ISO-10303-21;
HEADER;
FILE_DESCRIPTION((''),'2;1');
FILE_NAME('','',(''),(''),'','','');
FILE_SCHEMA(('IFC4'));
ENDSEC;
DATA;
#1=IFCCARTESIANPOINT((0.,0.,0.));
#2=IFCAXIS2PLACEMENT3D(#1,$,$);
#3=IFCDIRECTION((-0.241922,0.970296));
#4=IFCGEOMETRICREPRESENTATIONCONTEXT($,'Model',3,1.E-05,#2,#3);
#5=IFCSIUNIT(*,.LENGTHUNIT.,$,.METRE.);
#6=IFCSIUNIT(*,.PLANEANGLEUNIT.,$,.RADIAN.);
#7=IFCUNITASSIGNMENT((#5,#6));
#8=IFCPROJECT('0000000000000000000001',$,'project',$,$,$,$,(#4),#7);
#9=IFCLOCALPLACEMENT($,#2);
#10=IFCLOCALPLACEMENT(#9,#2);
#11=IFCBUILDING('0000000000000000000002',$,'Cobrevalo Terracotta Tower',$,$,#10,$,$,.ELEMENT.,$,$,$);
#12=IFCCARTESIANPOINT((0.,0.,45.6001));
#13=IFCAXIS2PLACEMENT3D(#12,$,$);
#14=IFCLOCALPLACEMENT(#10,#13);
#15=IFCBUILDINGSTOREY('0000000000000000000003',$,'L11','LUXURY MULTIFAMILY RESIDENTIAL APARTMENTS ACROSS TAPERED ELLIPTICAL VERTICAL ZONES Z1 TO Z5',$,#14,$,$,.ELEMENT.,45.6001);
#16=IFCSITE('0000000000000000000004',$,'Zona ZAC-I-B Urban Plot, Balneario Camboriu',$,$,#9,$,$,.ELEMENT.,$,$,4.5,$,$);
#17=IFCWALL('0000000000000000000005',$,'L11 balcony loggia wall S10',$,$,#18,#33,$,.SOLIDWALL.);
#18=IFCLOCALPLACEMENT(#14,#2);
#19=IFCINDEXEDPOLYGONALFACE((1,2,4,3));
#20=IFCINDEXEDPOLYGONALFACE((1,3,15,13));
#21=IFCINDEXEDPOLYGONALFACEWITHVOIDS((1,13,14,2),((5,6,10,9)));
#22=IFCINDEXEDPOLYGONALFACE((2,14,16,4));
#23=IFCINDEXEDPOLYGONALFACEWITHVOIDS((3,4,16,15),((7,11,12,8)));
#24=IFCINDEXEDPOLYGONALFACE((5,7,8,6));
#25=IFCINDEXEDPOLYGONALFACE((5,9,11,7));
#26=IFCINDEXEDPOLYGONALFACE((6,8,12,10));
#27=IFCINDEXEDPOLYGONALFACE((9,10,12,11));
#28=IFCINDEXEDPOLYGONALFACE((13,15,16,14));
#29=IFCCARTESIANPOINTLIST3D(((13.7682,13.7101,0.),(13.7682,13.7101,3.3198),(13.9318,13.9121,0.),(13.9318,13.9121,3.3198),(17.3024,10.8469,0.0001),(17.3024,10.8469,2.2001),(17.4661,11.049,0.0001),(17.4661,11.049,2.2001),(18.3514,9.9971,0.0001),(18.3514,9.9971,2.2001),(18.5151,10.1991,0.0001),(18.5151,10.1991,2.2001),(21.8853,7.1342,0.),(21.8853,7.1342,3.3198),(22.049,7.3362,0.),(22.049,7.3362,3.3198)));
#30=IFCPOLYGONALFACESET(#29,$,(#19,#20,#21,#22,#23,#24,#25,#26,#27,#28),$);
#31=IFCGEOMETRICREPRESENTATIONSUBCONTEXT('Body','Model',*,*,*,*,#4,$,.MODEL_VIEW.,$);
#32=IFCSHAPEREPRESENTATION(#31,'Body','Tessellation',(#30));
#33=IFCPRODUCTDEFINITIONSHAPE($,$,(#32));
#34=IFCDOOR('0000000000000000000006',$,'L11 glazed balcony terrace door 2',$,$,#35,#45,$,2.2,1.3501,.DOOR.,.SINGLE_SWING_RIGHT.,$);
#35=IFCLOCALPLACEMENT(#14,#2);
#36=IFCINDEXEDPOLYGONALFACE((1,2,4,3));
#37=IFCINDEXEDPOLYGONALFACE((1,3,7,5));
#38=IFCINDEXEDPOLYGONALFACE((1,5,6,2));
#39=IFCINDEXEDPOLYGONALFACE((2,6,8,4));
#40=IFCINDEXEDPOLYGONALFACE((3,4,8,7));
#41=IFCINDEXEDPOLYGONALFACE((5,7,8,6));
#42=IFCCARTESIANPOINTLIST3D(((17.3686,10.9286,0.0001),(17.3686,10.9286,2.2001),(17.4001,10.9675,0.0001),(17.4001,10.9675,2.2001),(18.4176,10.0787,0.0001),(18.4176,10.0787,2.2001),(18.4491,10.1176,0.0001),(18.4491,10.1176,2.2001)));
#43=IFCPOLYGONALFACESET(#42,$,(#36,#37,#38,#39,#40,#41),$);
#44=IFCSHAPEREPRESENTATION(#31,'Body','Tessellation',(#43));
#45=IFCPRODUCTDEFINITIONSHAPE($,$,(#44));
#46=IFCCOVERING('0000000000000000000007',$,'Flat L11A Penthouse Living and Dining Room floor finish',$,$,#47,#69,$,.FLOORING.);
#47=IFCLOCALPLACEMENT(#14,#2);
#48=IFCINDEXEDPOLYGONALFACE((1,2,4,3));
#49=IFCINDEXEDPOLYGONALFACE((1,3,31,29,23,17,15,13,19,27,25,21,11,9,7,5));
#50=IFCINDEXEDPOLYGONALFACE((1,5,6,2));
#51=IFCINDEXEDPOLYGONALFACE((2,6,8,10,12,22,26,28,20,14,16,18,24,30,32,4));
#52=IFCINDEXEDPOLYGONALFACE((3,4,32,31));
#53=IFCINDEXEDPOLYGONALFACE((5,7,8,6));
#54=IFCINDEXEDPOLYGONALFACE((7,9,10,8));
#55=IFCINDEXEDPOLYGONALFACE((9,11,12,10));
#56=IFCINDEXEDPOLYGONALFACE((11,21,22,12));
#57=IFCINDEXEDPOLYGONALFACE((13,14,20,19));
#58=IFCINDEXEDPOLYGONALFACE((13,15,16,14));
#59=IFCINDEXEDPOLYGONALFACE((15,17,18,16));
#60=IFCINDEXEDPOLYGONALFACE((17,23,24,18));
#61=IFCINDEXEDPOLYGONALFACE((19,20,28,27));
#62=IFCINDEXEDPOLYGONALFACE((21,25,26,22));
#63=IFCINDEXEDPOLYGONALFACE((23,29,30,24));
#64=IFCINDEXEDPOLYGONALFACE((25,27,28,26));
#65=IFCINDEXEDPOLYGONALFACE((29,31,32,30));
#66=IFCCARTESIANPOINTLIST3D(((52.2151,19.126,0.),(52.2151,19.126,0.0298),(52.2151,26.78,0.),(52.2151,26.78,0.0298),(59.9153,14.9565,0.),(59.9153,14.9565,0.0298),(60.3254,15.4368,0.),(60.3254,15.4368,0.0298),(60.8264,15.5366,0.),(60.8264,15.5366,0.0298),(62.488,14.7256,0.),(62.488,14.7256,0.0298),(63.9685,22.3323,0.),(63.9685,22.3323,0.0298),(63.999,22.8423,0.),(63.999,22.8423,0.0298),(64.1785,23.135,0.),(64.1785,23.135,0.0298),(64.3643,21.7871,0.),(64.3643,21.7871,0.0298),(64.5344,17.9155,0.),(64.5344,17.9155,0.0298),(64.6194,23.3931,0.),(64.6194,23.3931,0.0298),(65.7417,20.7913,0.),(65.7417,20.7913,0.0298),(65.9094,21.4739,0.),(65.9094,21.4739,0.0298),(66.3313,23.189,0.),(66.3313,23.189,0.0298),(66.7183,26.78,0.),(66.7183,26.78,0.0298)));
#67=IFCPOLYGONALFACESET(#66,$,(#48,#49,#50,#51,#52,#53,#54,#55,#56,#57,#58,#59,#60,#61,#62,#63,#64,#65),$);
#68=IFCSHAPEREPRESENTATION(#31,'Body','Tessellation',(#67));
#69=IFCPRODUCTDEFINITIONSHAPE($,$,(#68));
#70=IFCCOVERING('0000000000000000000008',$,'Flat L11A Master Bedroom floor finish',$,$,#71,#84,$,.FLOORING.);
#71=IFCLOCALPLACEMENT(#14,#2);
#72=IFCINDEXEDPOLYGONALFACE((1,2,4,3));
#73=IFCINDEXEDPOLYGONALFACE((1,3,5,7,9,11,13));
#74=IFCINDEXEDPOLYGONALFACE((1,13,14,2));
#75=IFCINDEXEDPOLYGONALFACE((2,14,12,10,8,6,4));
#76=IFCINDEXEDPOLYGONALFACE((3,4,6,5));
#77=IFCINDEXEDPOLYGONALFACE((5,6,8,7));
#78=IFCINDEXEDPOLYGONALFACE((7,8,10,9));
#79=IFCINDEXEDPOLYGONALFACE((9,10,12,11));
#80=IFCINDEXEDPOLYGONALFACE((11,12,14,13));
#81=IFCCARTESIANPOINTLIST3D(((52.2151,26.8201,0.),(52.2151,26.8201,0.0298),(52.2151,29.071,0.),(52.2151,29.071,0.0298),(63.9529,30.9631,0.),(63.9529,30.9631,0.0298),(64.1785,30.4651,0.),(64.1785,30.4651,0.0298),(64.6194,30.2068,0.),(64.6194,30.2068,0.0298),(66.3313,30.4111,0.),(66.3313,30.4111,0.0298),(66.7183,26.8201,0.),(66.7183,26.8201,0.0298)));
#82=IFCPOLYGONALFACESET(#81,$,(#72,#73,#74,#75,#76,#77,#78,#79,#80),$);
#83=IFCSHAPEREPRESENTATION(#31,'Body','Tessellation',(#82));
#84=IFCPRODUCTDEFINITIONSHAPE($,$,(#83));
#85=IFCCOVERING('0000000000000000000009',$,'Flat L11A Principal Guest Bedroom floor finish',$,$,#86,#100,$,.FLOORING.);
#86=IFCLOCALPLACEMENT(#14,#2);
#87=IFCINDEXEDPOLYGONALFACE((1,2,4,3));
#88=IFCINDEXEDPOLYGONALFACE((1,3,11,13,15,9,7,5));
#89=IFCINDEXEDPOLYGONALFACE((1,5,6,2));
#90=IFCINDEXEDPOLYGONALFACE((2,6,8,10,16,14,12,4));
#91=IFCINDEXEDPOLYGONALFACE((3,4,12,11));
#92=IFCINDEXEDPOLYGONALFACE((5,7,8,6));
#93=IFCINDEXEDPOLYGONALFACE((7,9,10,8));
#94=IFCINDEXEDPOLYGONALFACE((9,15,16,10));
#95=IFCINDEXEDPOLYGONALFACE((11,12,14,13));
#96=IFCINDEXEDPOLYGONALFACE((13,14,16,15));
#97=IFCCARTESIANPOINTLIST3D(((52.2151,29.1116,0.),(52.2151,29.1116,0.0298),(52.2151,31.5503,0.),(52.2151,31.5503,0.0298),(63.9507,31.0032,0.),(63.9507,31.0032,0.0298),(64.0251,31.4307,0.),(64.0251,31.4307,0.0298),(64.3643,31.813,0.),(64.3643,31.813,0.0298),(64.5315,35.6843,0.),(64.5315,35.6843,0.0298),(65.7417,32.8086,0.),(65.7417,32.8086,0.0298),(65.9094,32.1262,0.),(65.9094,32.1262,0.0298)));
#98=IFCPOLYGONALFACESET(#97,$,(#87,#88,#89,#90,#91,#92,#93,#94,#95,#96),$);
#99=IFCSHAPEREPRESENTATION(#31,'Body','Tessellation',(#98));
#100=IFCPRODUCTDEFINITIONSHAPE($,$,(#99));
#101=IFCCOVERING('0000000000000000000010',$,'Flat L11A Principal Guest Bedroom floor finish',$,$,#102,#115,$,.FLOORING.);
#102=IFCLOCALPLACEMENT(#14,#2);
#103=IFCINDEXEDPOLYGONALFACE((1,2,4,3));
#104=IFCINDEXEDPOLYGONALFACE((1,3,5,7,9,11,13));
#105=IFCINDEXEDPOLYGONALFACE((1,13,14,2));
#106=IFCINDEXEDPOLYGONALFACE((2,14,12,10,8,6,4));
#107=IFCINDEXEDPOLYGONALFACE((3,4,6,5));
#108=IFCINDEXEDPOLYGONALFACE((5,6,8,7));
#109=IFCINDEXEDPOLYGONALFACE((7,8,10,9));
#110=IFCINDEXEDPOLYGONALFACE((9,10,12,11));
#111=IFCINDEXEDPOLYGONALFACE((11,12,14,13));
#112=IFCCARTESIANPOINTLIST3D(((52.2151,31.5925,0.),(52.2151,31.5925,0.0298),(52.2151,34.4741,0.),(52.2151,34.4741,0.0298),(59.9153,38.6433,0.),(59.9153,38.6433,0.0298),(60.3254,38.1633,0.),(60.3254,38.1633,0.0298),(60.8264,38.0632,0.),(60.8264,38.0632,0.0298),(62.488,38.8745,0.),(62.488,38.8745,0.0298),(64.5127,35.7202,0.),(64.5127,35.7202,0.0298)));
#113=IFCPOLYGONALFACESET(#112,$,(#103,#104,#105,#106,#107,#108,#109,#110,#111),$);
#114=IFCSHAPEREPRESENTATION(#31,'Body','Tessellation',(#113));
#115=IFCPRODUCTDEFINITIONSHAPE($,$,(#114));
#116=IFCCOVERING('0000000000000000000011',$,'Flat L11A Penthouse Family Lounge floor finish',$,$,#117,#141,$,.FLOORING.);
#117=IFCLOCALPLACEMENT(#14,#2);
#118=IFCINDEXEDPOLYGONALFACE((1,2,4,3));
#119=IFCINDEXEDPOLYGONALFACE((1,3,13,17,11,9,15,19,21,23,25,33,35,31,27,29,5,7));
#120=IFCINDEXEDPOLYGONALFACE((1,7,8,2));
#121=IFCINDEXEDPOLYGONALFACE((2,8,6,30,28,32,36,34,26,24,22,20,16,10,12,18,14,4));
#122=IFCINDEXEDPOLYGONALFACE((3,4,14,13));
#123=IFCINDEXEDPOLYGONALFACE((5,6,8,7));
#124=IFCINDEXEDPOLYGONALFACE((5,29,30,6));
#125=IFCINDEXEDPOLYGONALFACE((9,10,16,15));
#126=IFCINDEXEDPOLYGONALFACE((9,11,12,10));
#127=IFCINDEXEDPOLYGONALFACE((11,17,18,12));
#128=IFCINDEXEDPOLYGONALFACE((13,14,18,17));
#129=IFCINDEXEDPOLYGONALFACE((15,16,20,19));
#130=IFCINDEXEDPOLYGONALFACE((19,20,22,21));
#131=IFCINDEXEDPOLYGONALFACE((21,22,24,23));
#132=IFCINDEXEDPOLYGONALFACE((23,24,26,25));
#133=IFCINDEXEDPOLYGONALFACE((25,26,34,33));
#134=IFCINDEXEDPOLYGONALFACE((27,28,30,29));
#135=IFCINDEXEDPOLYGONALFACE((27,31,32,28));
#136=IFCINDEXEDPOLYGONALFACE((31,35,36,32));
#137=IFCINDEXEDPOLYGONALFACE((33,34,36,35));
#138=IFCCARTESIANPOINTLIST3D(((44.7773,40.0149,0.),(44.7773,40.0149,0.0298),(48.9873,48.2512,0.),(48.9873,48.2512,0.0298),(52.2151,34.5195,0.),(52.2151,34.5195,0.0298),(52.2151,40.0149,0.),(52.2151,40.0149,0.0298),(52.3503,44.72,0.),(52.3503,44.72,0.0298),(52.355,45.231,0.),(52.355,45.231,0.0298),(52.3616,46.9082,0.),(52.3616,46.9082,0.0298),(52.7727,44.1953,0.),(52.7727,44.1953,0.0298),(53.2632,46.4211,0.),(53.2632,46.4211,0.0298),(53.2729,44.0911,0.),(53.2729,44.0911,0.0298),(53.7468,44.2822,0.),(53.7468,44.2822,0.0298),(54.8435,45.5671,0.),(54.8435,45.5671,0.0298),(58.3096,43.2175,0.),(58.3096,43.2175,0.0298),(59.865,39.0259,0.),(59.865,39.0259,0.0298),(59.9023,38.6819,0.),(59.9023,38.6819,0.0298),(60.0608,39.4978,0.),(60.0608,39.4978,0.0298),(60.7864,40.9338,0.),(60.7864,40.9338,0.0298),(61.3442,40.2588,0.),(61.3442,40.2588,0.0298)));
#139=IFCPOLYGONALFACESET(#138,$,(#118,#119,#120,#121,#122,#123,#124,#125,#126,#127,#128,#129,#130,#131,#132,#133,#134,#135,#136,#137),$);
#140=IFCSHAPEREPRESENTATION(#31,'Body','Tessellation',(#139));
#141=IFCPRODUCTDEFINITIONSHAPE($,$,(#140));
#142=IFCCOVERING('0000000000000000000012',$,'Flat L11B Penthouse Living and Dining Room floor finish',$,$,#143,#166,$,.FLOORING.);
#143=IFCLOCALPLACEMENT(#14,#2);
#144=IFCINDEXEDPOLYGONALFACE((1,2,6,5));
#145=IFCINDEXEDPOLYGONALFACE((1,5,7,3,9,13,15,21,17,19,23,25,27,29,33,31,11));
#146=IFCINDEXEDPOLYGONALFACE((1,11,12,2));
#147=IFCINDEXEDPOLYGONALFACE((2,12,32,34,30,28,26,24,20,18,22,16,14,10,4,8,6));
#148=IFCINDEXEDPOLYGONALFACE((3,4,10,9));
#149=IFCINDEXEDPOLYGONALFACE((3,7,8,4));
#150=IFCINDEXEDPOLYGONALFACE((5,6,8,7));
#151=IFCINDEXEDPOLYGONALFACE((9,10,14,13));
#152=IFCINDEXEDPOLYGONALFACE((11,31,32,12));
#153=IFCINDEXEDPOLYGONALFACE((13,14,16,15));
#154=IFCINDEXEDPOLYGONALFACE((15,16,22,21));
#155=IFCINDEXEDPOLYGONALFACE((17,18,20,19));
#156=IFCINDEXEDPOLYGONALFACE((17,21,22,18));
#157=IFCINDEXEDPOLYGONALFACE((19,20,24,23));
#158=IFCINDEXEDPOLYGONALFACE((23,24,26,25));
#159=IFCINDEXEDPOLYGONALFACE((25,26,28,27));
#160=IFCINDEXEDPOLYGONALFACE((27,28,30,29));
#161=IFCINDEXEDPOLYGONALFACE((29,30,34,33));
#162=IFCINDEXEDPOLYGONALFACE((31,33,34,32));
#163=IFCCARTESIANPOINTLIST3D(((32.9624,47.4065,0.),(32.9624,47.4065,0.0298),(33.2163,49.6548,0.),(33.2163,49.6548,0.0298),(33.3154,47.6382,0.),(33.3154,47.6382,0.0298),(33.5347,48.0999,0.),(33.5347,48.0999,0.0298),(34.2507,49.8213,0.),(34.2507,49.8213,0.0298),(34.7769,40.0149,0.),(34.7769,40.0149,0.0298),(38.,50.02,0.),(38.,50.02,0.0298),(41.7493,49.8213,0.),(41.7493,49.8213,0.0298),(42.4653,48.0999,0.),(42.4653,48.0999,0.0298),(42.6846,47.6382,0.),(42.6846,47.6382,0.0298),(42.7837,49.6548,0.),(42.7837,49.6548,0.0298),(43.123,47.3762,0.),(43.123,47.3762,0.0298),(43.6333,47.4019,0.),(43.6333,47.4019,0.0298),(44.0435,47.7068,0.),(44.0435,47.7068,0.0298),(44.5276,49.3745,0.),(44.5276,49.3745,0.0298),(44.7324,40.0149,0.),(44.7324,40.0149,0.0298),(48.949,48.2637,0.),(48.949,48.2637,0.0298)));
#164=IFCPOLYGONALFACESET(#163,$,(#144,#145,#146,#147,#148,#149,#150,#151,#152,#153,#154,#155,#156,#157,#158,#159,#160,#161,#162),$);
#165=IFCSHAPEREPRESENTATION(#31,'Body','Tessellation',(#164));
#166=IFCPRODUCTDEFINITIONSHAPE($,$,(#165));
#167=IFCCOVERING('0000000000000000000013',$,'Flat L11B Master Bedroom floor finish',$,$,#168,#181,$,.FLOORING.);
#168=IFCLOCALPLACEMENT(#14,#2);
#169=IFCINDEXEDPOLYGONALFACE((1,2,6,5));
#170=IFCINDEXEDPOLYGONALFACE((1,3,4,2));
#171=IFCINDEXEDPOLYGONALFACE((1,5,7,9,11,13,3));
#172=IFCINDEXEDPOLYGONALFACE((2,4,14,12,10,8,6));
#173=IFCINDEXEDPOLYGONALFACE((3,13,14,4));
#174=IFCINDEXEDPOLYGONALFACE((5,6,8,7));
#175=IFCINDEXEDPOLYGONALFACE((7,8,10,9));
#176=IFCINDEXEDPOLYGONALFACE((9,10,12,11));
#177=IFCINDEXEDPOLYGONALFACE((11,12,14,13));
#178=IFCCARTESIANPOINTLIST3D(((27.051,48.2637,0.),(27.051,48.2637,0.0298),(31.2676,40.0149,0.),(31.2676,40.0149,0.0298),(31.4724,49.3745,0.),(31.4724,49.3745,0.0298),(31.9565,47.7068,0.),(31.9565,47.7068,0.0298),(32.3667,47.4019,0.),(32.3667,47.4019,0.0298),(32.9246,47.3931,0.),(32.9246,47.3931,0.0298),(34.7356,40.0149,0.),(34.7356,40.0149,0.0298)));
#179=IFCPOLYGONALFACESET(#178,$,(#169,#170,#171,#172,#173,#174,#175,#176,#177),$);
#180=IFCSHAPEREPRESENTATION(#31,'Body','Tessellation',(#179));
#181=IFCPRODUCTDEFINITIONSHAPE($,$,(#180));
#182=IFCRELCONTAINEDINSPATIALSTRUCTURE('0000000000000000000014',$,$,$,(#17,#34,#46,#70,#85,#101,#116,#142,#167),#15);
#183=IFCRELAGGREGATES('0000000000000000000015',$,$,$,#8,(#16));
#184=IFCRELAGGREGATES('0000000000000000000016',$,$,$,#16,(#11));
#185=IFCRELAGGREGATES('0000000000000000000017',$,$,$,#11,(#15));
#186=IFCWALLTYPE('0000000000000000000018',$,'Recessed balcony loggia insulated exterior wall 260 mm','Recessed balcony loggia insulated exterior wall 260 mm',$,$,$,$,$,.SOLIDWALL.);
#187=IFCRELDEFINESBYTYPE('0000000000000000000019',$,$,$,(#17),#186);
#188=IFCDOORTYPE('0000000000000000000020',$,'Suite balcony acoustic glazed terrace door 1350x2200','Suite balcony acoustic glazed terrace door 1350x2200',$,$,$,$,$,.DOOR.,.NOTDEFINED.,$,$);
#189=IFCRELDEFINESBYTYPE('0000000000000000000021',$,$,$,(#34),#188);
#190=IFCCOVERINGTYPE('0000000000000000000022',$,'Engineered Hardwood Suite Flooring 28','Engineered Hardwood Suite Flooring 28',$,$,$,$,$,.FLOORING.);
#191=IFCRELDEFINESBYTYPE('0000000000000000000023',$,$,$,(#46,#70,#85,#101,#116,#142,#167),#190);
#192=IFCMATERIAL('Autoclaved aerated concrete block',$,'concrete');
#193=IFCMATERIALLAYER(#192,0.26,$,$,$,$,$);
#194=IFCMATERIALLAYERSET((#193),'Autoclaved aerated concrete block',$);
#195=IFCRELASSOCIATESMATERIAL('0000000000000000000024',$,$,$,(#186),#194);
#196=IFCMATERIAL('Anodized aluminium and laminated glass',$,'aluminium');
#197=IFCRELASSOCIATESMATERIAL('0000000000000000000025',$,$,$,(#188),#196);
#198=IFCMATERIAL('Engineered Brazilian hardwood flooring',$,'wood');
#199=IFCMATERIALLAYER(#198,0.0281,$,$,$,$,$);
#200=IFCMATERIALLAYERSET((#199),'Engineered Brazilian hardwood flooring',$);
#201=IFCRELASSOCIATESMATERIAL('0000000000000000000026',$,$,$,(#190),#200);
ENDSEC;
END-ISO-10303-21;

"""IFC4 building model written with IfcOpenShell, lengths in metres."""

from ifc_helpers import new_model, si_unit, direction, frame, frame_2d, origin, place, context, subcontext, project, spatial, polyline, rectangle, outline, extrude, source, transform, mapped, material, layer, layer_set, type_object, element, fill, save


model = new_model("IFC4")

# Units and contexts
model_context = context("Model", 3, precision=1e-05, world=origin(), true_north=direction((-0.241922, 0.970296)))
body_context = subcontext(model_context, "Body", "Model", "MODEL_VIEW")
ifc_project = project(units=[si_unit("LENGTHUNIT", "METRE"), si_unit("PLANEANGLEUNIT", "RADIAN")], contexts=[model_context])

# Site, building, storey
site_placement = place(None, origin())
site = spatial("IfcSite", under=ifc_project, at=site_placement, Name="Zona ZAC-I-B Urban Plot, Balneario Camboriu", CompositionType="ELEMENT", RefElevation=4.5)
building_placement = place(site_placement, origin())
building = spatial("IfcBuilding", under=site, at=building_placement, Name="Cobrevalo Terracotta Tower", CompositionType="ELEMENT")
storey_placement = place(building_placement, frame((0.0, 0.0, 45.6001)))
storey = spatial("IfcBuildingStorey", under=building, at=storey_placement, Name="L11", Description="LUXURY MULTIFAMILY RESIDENTIAL APARTMENTS ACROSS TAPERED ELLIPTICAL VERTICAL ZONES Z1 TO Z5", CompositionType="ELEMENT", Elevation=45.6001)

# Wall, opening, door
ifc_material_1 = material(Name="Autoclaved aerated concrete block", Category="concrete")
ifc_layer_1 = layer(ifc_material_1, 0.26)
ifc_layer_set_1 = layer_set([ifc_layer_1], Name="Autoclaved aerated concrete block")
wall_type = type_object("IfcWallType", Name="Recessed balcony loggia insulated exterior wall 260 mm", Description="Recessed balcony loggia insulated exterior wall 260 mm", PredefinedType="SOLIDWALL", material=ifc_layer_set_1)
wall_placement = place(storey_placement, frame((13.8501, 13.811, 0.0), z_axis=(0.0, 0.0, 1.0), x_axis=(0.777017, -0.62948, 0.0)))
wall = element("IfcWall", 1, at=wall_placement, inside=storey, type_object=wall_type, Name="L11 balcony loggia wall S10", PredefinedType="SOLIDWALL", context=body_context, shape_type="SweptSolid", body=[
    extrude(rectangle(XDim=10.4465, YDim=0.26, at=frame_2d((5.2231, 0.0))), origin(), (0.0, 0.0, 1.0), 3.3198),
])
opening_placement = place(wall_placement, frame((4.5483, 0.0, 0.0)))
opening = element("IfcOpeningElement", 2, at=opening_placement, cuts=wall, PredefinedType="OPENING", context=body_context, shape_type="SweptSolid", body=[
    extrude(rectangle(XDim=1.3501, YDim=2.2, at=frame_2d((0.675, 1.1001))), frame((0.0, 0.1401, 0.0), z_axis=(0.0, -1.0, 0.0), x_axis=(1.0, 0.0, 0.0)), (0.0, 0.0, 1.0), 0.28),
])
ifc_material_2 = material(Name="Anodized aluminium and laminated glass", Category="aluminium")
door_type = type_object("IfcDoorType", Name="Suite balcony acoustic glazed terrace door 1350x2200", Description="Suite balcony acoustic glazed terrace door 1350x2200", OperationType="NOTDEFINED", PredefinedType="DOOR", material=ifc_material_2)
shared_shape_1 = source(origin(), body_context, "Body", "SweptSolid", [
    extrude(rectangle(XDim=1.3501, YDim=2.2, at=frame_2d((0.675, 1.1001))), frame((0.0, 0.0249, 0.0), z_axis=(0.0, -1.0, 0.0), x_axis=(1.0, 0.0, 0.0)), (0.0, 0.0, 1.0), 0.05),
])
door_placement = place(opening_placement, frame((1.3501, 0.0, 0.0), z_axis=(0.0, 0.0, 1.0), x_axis=(-1.0, 0.0, 0.0)))
door = element("IfcDoor", 3, at=door_placement, inside=storey, type_object=door_type, Name="L11 glazed balcony terrace door 2", OperationType="SINGLE_SWING_RIGHT", OverallHeight=2.2, OverallWidth=1.3501, PredefinedType="DOOR", context=body_context, shape_type="MappedRepresentation", body=[
    mapped(shared_shape_1, transform((0.0, 0.0, 0.0), scale=1.0)),
])
fill(opening, door)

# Coverings
ifc_material_3 = material(Name="Engineered Brazilian hardwood flooring", Category="wood")
ifc_layer_2 = layer(ifc_material_3, 0.0281)
ifc_layer_set_2 = layer_set([ifc_layer_2], Name="Engineered Brazilian hardwood flooring")
covering_type_1 = type_object("IfcCoveringType", Name="Engineered Hardwood Suite Flooring 28", Description="Engineered Hardwood Suite Flooring 28", PredefinedType="FLOORING", material=ifc_layer_set_2)
covering_1_placement = place(storey_placement, origin())
element("IfcCovering", 4, at=covering_1_placement, inside=storey, type_object=covering_type_1, Name="Flat L11A Penthouse Living and Dining Room floor finish", PredefinedType="FLOORING", context=body_context, shape_type="SweptSolid", body=[
    extrude(outline(polyline([(62.488, 14.7256), (60.8264, 15.5366), (60.3254, 15.4368), (59.9153, 14.9565), (52.2151, 19.126), (52.2151, 26.78), (66.7183, 26.78), (66.3313, 23.189), (64.6194, 23.3931), (64.1785, 23.135), (63.999, 22.8423), (63.9685, 22.3323), (64.3643, 21.7871), (65.9094, 21.4739), (65.7417, 20.7913), (64.5344, 17.9155), (62.488, 14.7256)])), origin(), (0.0, 0.0, 1.0), 0.0298),
])
covering_2_placement = place(storey_placement, origin())
element("IfcCovering", 5, at=covering_2_placement, inside=storey, type_object=covering_type_1, Name="Flat L11A Master Bedroom floor finish", PredefinedType="FLOORING", context=body_context, shape_type="SweptSolid", body=[
    extrude(outline(polyline([(63.9529, 30.9631), (64.1785, 30.4651), (64.6194, 30.2068), (66.3313, 30.4111), (66.7183, 26.8201), (52.2151, 26.8201), (52.2151, 29.071), (63.9529, 30.9631)])), origin(), (0.0, 0.0, 1.0), 0.0298),
])
covering_3_placement = place(storey_placement, origin())
element("IfcCovering", 6, at=covering_3_placement, inside=storey, type_object=covering_type_1, Name="Flat L11A Principal Guest Bedroom floor finish", PredefinedType="FLOORING", context=body_context, shape_type="SweptSolid", body=[
    extrude(outline(polyline([(64.5315, 35.6843), (65.7417, 32.8086), (65.9094, 32.1262), (64.3643, 31.813), (64.0251, 31.4307), (63.9507, 31.0032), (52.2151, 29.1116), (52.2151, 31.5503), (64.5315, 35.6843)])), origin(), (0.0, 0.0, 1.0), 0.0298),
])
covering_4_placement = place(storey_placement, origin())
element("IfcCovering", 7, at=covering_4_placement, inside=storey, type_object=covering_type_1, Name="Flat L11A Principal Guest Bedroom floor finish", PredefinedType="FLOORING", context=body_context, shape_type="SweptSolid", body=[
    extrude(outline(polyline([(59.9153, 38.6433), (60.3254, 38.1633), (60.8264, 38.0632), (62.488, 38.8745), (64.5127, 35.7202), (52.2151, 31.5925), (52.2151, 34.4741), (59.9153, 38.6433)])), origin(), (0.0, 0.0, 1.0), 0.0298),
])
covering_5_placement = place(storey_placement, origin())
element("IfcCovering", 8, at=covering_5_placement, inside=storey, type_object=covering_type_1, Name="Flat L11A Penthouse Family Lounge floor finish", PredefinedType="FLOORING", context=body_context, shape_type="SweptSolid", body=[
    extrude(outline(polyline([(44.7773, 40.0149), (48.9873, 48.2512), (52.3616, 46.9082), (53.2632, 46.4211), (52.355, 45.231), (52.3503, 44.72), (52.7727, 44.1953), (53.2729, 44.0911), (53.7468, 44.2822), (54.8435, 45.5671), (58.3096, 43.2175), (60.7864, 40.9338), (61.3442, 40.2588), (60.0608, 39.4978), (59.865, 39.0259), (59.9023, 38.6819), (52.2151, 34.5195), (52.2151, 40.0149), (44.7773, 40.0149)])), origin(), (0.0, 0.0, 1.0), 0.0298),
])
covering_6_placement = place(storey_placement, origin())
element("IfcCovering", 9, at=covering_6_placement, inside=storey, type_object=covering_type_1, Name="Flat L11B Penthouse Living and Dining Room floor finish", PredefinedType="FLOORING", context=body_context, shape_type="SweptSolid", body=[
    extrude(outline(polyline([(38.0, 50.02), (41.7493, 49.8213), (42.7837, 49.6548), (42.4653, 48.0999), (42.6846, 47.6382), (43.123, 47.3762), (43.6333, 47.4019), (44.0435, 47.7068), (44.5276, 49.3745), (48.949, 48.2637), (44.7324, 40.0149), (34.7769, 40.0149), (32.9624, 47.4065), (33.3154, 47.6382), (33.5347, 48.0999), (33.2163, 49.6548), (34.2507, 49.8213), (38.0, 50.02)])), origin(), (0.0, 0.0, 1.0), 0.0298),
])
covering_7_placement = place(storey_placement, origin())
element("IfcCovering", 10, at=covering_7_placement, inside=storey, type_object=covering_type_1, Name="Flat L11B Master Bedroom floor finish", PredefinedType="FLOORING", context=body_context, shape_type="SweptSolid", body=[
    extrude(outline(polyline([(31.4724, 49.3745), (31.9565, 47.7068), (32.3667, 47.4019), (32.9246, 47.3931), (34.7356, 40.0149), (31.2676, 40.0149), (27.051, 48.2637), (31.4724, 49.3745)])), origin(), (0.0, 0.0, 1.0), 0.0298),
])

save(model, "model.ifc")
